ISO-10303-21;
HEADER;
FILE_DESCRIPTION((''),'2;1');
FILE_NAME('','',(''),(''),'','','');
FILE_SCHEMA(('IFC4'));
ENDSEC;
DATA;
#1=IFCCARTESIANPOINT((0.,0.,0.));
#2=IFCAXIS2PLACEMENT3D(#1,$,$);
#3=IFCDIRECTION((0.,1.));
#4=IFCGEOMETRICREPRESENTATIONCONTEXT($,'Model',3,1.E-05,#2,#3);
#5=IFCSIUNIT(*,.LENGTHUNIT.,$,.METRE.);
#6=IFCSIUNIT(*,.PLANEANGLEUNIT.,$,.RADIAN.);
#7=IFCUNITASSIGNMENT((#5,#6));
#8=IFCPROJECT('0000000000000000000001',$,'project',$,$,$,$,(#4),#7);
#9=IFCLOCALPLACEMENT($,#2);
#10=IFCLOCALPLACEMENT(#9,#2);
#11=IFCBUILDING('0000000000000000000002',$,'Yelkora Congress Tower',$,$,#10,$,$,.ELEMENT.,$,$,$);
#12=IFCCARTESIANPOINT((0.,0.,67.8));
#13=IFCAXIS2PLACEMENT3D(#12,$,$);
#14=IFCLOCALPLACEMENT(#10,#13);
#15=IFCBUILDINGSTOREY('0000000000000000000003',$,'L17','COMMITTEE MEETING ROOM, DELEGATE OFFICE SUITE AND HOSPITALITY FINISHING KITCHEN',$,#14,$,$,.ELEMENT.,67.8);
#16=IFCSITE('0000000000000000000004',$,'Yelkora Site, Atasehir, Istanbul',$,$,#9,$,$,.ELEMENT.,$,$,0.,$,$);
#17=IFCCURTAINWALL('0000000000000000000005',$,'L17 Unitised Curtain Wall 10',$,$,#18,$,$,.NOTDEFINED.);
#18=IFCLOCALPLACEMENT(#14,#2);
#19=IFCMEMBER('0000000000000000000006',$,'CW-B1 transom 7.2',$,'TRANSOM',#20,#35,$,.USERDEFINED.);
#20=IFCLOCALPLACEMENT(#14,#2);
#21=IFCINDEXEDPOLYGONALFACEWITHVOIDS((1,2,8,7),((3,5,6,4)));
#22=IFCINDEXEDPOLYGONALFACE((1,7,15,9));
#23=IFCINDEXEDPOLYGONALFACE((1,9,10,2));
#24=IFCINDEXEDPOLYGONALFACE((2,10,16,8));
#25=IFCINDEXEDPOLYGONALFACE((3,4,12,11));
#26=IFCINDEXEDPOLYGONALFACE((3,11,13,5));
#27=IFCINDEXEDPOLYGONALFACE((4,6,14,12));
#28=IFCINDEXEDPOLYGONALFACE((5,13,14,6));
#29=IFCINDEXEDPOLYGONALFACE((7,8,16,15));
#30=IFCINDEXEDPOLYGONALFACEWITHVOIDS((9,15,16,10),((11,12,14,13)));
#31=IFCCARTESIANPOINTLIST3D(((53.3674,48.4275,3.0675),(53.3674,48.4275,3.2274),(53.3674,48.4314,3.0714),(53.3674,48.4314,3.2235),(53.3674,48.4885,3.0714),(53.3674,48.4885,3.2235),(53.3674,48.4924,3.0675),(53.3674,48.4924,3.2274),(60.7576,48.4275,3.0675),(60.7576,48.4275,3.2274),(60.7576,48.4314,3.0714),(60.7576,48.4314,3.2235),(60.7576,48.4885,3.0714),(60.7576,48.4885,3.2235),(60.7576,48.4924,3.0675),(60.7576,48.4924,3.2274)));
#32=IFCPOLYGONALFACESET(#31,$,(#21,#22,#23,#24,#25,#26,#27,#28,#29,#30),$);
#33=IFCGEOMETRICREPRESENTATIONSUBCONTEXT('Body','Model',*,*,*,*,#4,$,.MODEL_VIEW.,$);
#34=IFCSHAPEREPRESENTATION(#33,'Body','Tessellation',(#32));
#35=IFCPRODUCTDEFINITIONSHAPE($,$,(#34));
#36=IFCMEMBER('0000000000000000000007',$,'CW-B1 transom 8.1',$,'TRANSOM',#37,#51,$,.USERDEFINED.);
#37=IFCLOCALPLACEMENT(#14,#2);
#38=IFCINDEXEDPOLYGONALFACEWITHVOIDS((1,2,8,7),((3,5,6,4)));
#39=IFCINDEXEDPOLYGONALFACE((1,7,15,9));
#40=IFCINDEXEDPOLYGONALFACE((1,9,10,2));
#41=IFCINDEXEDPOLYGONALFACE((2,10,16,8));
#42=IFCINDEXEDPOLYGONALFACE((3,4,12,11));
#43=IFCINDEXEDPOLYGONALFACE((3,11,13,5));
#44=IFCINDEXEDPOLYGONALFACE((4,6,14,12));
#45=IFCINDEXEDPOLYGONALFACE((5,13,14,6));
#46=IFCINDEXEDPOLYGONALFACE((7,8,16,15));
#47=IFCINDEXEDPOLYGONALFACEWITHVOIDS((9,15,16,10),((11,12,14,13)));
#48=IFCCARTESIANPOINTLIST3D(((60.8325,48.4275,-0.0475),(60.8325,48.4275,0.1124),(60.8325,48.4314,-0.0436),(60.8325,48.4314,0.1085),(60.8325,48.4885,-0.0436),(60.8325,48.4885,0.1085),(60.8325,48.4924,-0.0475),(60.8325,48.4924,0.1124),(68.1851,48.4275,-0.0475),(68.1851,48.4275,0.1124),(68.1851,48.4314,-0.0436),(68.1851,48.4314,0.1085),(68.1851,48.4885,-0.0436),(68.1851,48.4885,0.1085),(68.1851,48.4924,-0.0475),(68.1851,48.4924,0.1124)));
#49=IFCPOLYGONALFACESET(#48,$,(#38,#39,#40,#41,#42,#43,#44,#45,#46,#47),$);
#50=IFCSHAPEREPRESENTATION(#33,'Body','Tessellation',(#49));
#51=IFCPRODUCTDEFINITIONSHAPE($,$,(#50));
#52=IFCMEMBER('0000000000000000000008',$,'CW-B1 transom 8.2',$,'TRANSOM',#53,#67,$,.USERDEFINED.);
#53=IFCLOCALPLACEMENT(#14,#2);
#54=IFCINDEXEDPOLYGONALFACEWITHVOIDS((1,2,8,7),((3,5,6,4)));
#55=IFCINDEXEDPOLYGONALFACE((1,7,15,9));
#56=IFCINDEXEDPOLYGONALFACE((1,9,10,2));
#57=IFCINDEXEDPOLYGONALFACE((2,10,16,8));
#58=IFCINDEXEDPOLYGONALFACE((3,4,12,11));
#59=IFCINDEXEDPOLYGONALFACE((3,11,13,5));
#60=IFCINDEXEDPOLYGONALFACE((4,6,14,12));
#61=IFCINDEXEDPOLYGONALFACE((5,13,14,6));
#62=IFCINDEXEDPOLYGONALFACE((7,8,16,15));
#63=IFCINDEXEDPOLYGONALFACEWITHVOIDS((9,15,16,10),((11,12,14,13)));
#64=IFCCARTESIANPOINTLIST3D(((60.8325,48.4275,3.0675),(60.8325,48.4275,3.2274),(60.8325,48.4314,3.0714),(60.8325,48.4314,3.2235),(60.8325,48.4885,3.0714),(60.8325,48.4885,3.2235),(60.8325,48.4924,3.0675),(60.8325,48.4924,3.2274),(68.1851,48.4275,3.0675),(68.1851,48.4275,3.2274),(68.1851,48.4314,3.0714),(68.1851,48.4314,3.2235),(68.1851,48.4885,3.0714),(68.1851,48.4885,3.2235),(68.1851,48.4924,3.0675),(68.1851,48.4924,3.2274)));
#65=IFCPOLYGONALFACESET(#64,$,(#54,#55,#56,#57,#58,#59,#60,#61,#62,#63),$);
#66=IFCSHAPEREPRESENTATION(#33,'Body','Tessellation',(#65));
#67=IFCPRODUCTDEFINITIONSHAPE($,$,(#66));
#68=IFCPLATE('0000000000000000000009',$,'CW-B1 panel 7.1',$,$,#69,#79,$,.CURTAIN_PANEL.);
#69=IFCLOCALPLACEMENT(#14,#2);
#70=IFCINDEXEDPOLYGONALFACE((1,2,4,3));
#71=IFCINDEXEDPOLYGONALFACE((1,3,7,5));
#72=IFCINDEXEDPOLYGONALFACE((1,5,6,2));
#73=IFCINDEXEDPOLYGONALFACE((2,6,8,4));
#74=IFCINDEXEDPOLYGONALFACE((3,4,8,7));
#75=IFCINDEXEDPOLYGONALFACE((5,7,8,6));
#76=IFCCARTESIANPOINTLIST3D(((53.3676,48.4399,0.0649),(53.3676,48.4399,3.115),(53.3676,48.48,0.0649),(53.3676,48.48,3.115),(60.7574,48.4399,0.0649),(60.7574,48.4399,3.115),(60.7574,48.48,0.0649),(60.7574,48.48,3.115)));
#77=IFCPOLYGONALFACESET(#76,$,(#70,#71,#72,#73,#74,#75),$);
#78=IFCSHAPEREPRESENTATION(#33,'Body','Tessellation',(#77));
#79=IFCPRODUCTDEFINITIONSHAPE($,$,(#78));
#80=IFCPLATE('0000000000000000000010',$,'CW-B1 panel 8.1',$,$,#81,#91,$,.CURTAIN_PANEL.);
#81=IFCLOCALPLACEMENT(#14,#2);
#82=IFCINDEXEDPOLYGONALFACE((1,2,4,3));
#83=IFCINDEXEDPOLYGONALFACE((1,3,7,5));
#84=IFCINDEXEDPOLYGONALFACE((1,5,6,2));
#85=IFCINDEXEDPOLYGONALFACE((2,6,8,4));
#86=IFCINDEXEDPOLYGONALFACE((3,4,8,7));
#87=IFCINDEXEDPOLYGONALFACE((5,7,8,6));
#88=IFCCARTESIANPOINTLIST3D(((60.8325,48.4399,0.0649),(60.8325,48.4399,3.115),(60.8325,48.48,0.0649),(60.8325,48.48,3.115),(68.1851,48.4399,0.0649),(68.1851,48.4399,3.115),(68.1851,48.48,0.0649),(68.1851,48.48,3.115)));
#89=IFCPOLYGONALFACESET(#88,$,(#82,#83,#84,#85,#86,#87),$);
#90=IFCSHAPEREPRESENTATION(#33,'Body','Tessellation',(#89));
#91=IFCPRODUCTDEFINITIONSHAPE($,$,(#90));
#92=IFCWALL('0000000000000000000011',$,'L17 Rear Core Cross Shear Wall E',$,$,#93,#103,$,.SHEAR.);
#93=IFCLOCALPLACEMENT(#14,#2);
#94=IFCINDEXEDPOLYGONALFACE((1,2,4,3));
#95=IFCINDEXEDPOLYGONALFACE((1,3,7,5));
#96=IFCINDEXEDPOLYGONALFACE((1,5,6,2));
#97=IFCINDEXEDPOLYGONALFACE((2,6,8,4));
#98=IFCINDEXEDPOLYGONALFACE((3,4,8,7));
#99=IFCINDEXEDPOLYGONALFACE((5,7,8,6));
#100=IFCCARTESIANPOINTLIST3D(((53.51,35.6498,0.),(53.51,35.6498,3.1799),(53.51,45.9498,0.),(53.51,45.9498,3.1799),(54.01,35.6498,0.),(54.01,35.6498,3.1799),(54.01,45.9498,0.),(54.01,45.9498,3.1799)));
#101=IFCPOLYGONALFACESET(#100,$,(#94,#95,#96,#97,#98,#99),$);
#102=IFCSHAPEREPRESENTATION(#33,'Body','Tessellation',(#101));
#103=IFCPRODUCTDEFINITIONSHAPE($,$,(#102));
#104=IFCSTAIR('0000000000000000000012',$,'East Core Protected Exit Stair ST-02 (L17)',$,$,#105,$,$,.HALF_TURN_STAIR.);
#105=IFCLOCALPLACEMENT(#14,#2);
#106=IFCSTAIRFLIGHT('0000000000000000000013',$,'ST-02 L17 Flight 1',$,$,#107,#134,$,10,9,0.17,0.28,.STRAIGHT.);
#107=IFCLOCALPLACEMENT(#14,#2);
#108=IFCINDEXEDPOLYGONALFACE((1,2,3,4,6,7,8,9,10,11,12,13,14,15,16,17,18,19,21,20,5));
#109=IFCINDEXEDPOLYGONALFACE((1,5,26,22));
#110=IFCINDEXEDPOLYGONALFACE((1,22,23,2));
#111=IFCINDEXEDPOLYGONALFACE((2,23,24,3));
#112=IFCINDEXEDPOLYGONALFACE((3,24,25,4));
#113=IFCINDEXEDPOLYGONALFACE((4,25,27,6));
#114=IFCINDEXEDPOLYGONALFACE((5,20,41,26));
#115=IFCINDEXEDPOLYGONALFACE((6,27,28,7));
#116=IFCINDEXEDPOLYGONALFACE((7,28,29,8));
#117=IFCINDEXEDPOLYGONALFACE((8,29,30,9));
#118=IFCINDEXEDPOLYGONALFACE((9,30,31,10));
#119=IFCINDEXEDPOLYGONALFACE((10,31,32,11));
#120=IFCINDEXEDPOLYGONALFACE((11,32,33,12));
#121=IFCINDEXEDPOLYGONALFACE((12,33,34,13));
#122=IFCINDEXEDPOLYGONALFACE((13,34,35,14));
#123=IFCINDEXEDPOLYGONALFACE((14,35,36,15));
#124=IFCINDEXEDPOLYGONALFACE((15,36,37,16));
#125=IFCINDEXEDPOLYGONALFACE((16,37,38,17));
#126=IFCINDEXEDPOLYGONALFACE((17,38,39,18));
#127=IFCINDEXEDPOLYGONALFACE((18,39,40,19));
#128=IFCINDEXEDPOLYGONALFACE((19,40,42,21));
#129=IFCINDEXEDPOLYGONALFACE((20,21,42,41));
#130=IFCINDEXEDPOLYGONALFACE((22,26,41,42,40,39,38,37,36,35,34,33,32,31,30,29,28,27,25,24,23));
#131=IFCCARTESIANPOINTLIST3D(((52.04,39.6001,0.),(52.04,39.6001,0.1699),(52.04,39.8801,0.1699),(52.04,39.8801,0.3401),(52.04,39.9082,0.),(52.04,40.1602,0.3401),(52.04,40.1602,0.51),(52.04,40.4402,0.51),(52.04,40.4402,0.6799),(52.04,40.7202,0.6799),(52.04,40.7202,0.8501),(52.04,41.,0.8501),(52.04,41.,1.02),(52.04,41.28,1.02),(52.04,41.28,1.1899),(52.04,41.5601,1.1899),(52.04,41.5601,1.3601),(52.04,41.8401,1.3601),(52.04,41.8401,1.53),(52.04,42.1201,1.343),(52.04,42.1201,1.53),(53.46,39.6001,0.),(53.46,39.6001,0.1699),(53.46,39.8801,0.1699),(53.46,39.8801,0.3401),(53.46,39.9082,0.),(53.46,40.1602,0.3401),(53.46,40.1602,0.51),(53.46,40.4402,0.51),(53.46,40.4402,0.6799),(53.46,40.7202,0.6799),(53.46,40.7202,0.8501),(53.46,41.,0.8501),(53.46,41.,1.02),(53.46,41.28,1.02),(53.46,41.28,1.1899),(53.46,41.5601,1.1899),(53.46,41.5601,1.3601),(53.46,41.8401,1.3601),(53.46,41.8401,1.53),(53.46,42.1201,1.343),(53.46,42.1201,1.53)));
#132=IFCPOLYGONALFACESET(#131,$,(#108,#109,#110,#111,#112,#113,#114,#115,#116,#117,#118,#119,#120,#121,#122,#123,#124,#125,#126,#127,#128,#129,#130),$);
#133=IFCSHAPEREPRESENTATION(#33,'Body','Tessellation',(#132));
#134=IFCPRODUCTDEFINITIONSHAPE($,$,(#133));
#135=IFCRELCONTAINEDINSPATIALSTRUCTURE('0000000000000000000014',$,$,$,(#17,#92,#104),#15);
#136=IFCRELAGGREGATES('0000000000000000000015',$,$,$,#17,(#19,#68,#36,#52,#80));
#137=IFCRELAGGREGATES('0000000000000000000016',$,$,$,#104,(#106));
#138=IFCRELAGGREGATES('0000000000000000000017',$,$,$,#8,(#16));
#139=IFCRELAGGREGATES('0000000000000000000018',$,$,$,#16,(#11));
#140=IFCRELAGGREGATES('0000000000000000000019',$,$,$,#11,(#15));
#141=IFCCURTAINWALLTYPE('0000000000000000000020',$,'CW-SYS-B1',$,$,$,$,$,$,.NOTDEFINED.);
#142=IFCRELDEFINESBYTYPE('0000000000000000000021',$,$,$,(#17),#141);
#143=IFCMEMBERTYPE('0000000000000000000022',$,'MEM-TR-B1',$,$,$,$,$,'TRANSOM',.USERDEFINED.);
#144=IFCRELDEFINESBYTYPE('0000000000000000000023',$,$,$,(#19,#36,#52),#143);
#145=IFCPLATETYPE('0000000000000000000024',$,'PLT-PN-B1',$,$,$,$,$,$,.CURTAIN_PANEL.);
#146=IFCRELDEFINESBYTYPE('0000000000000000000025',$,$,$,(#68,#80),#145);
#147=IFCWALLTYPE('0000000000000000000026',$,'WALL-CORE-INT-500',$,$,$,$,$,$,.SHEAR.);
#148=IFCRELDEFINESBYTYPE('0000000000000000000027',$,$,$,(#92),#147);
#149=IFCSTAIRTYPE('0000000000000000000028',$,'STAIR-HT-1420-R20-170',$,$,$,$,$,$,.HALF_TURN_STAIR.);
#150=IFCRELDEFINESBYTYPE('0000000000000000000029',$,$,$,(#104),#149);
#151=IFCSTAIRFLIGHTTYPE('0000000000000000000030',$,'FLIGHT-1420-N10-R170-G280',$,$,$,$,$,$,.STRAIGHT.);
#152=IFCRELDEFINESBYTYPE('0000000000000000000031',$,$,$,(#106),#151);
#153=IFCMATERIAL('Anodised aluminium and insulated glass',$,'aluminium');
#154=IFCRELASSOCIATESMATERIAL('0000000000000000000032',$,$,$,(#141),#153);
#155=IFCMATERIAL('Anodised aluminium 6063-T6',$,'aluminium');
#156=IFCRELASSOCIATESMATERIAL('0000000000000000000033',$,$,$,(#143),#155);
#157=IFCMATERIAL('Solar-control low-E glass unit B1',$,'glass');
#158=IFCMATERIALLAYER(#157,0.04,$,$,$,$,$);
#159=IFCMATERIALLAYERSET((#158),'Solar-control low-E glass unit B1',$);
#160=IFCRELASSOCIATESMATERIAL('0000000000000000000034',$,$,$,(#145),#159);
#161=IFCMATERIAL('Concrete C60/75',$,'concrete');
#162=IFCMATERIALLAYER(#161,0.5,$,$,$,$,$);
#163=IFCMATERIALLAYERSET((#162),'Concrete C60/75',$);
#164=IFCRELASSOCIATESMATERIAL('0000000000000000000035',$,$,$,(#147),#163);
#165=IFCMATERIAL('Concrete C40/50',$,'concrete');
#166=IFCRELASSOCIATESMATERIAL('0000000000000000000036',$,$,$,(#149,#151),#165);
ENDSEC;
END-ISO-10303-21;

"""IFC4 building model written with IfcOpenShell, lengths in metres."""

from ifc_helpers import new_model, si_unit, direction, frame, frame_2d, origin, origin_2d, place, context, subcontext, project, spatial, polyline, rectangle, hollow_rectangle, outline, extrude, material, layer, layer_set, material_profile, profile_set, type_object, element, aggregate, save


model = new_model("IFC4")

# Units and contexts
model_context = context("Model", 3, precision=1e-05, world=origin(), true_north=direction((0.0, 1.0)))
body_context = subcontext(model_context, "Body", "Model", "MODEL_VIEW")
ifc_project = project(units=[si_unit("LENGTHUNIT", "METRE"), si_unit("PLANEANGLEUNIT", "RADIAN")], contexts=[model_context])

# Site, building, storey
site_placement = place(None, origin())
site = spatial("IfcSite", under=ifc_project, at=site_placement, Name="Yelkora Site, Atasehir, Istanbul", CompositionType="ELEMENT", RefElevation=0.0)
building_placement = place(site_placement, origin())
building = spatial("IfcBuilding", under=site, at=building_placement, Name="Yelkora Congress Tower", CompositionType="ELEMENT")
storey_placement = place(building_placement, frame((0.0, 0.0, 67.8)))
storey = spatial("IfcBuildingStorey", under=building, at=storey_placement, Name="L17", Description="COMMITTEE MEETING ROOM, DELEGATE OFFICE SUITE AND HOSPITALITY FINISHING KITCHEN", CompositionType="ELEMENT", Elevation=67.8)

# Shared definitions
ifc_material_1 = material(Name="Concrete C60/75", Category="concrete")

# Curtain wall, members, plates
ifc_material_2 = material(Name="Anodised aluminium and insulated glass", Category="aluminium")
curtain_wall_type = type_object("IfcCurtainWallType", Name="CW-SYS-B1", PredefinedType="NOTDEFINED", material=ifc_material_2)
curtain_wall_placement = place(storey_placement, origin())
curtain_wall = element("IfcCurtainWall", 1, at=curtain_wall_placement, inside=storey, type_object=curtain_wall_type, Name="L17 Unitised Curtain Wall 10", PredefinedType="NOTDEFINED")
ifc_material_3 = material(Name="Anodised aluminium 6063-T6", Category="aluminium")
ifc_material_profile_1 = material_profile(ifc_material_3, hollow_rectangle(XDim=0.0649, YDim=0.1599, WallThickness=0.0039, at=origin_2d()), Name="ALU 65x160x4")
ifc_profile_set_1 = profile_set([ifc_material_profile_1], Name="Anodised aluminium 6063-T6")
member_type_1 = type_object("IfcMemberType", Name="MEM-TR-B1", ElementType="TRANSOM", PredefinedType="USERDEFINED", material=ifc_profile_set_1)
member_1_placement = place(storey_placement, frame((53.3674, 48.46, 3.1475), z_axis=(1.0, 0.0, 0.0), x_axis=(0.0, 1.0, 0.0)))
member_1 = element("IfcMember", 2, at=member_1_placement, type_object=member_type_1, Name="CW-B1 transom 7.2", ObjectType="TRANSOM", PredefinedType="USERDEFINED", context=body_context, shape_type="SweptSolid", body=[
    extrude(hollow_rectangle(XDim=0.0649, YDim=0.1599, WallThickness=0.0039, at=origin_2d()), origin(), (0.0, 0.0, 1.0), 7.3901),
])
member_2_placement = place(storey_placement, frame((60.8325, 48.46, 0.0325), z_axis=(1.0, 0.0, 0.0), x_axis=(0.0, 1.0, 0.0)))
member_2 = element("IfcMember", 3, at=member_2_placement, type_object=member_type_1, Name="CW-B1 transom 8.1", ObjectType="TRANSOM", PredefinedType="USERDEFINED", context=body_context, shape_type="SweptSolid", body=[
    extrude(hollow_rectangle(XDim=0.0649, YDim=0.1599, WallThickness=0.0039, at=origin_2d()), origin(), (0.0, 0.0, 1.0), 7.3525),
])
member_3_placement = place(storey_placement, frame((60.8325, 48.46, 3.1475), z_axis=(1.0, 0.0, 0.0), x_axis=(0.0, 1.0, 0.0)))
member_3 = element("IfcMember", 4, at=member_3_placement, type_object=member_type_1, Name="CW-B1 transom 8.2", ObjectType="TRANSOM", PredefinedType="USERDEFINED", context=body_context, shape_type="SweptSolid", body=[
    extrude(hollow_rectangle(XDim=0.0649, YDim=0.1599, WallThickness=0.0039, at=origin_2d()), origin(), (0.0, 0.0, 1.0), 7.3525),
])
ifc_material_4 = material(Name="Solar-control low-E glass unit B1", Category="glass")
ifc_layer_1 = layer(ifc_material_4, 0.04)
ifc_layer_set_1 = layer_set([ifc_layer_1], Name="Solar-control low-E glass unit B1")
plate_type = type_object("IfcPlateType", Name="PLT-PN-B1", PredefinedType="CURTAIN_PANEL", material=ifc_layer_set_1)
plate_1_placement = place(storey_placement, frame((57.0625, 48.46, 0.0649), z_axis=(0.0, 0.0, 1.0), x_axis=(1.0, 0.0, 0.0)))
plate_1 = element("IfcPlate", 5, at=plate_1_placement, type_object=plate_type, Name="CW-B1 panel 7.1", PredefinedType="CURTAIN_PANEL", context=body_context, shape_type="SweptSolid", body=[
    extrude(rectangle(XDim=7.3899, YDim=0.04, at=origin_2d()), origin(), (0.0, 0.0, 1.0), 3.05),
])
plate_2_placement = place(storey_placement, frame((64.5088, 48.46, 0.0649), z_axis=(0.0, 0.0, 1.0), x_axis=(1.0, 0.0, 0.0)))
plate_2 = element("IfcPlate", 6, at=plate_2_placement, type_object=plate_type, Name="CW-B1 panel 8.1", PredefinedType="CURTAIN_PANEL", context=body_context, shape_type="SweptSolid", body=[
    extrude(rectangle(XDim=7.3525, YDim=0.04, at=origin_2d()), origin(), (0.0, 0.0, 1.0), 3.05),
])
aggregate(curtain_wall, [member_1, plate_1, member_2, member_3, plate_2])

# Wall
ifc_layer_2 = layer(ifc_material_1, 0.5)
ifc_layer_set_2 = layer_set([ifc_layer_2], Name="Concrete C60/75")
wall_type = type_object("IfcWallType", Name="WALL-CORE-INT-500", PredefinedType="SHEAR", material=ifc_layer_set_2)
wall_placement = place(storey_placement, frame((53.76, 35.6499, 0.0), z_axis=(0.0, 0.0, 1.0), x_axis=(0.0, 1.0, 0.0)))
element("IfcWall", 7, at=wall_placement, inside=storey, type_object=wall_type, Name="L17 Rear Core Cross Shear Wall E", PredefinedType="SHEAR", context=body_context, shape_type="SweptSolid", body=[
    extrude(rectangle(XDim=10.3, YDim=0.5, at=frame_2d((5.1499, 0.0))), origin(), (0.0, 0.0, 1.0), 3.1799),
])

# Stair, stair flight
ifc_material_5 = material(Name="Concrete C40/50", Category="concrete")
stair_type = type_object("IfcStairType", Name="STAIR-HT-1420-R20-170", PredefinedType="HALF_TURN_STAIR", material=ifc_material_5)
stair_placement = place(storey_placement, origin())
stair = element("IfcStair", 8, at=stair_placement, inside=storey, type_object=stair_type, Name="East Core Protected Exit Stair ST-02 (L17)", PredefinedType="HALF_TURN_STAIR")
stair_flight_type = type_object("IfcStairFlightType", Name="FLIGHT-1420-N10-R170-G280", PredefinedType="STRAIGHT", material=ifc_material_5)
stair_flight_placement = place(storey_placement, frame((52.75, 39.6001, 0.0), z_axis=(0.0, 0.0, 1.0), x_axis=(0.0, 1.0, 0.0)))
stair_flight = element("IfcStairFlight", 9, at=stair_flight_placement, type_object=stair_flight_type, Name="ST-02 L17 Flight 1", NumberOfRisers=10, NumberOfTreads=9, PredefinedType="STRAIGHT", RiserHeight=0.17, TreadLength=0.28, context=body_context, shape_type="SweptSolid", body=[
    extrude(outline(polyline([(0.0, 0.0), (0.0, 0.1699), (0.28, 0.1699), (0.28, 0.3401), (0.5601, 0.3401), (0.5601, 0.51), (0.8401, 0.51), (0.8401, 0.6799), (1.1201, 0.6799), (1.1201, 0.8501), (1.3999, 0.8501), (1.3999, 1.02), (1.6799, 1.02), (1.6799, 1.1899), (1.96, 1.1899), (1.96, 1.3601), (2.24, 1.3601), (2.24, 1.53), (2.52, 1.53), (2.52, 1.7), (2.52, 1.343), (0.3081, 0.0), (0.0, 0.0)])), frame((0.0, 0.71, 0.0), z_axis=(0.0, -1.0, 0.0), x_axis=(1.0, 0.0, 0.0)), (0.0, 0.0, 1.0), 1.4199),
])
aggregate(stair, [stair_flight])

save(model, "model.ifc")
